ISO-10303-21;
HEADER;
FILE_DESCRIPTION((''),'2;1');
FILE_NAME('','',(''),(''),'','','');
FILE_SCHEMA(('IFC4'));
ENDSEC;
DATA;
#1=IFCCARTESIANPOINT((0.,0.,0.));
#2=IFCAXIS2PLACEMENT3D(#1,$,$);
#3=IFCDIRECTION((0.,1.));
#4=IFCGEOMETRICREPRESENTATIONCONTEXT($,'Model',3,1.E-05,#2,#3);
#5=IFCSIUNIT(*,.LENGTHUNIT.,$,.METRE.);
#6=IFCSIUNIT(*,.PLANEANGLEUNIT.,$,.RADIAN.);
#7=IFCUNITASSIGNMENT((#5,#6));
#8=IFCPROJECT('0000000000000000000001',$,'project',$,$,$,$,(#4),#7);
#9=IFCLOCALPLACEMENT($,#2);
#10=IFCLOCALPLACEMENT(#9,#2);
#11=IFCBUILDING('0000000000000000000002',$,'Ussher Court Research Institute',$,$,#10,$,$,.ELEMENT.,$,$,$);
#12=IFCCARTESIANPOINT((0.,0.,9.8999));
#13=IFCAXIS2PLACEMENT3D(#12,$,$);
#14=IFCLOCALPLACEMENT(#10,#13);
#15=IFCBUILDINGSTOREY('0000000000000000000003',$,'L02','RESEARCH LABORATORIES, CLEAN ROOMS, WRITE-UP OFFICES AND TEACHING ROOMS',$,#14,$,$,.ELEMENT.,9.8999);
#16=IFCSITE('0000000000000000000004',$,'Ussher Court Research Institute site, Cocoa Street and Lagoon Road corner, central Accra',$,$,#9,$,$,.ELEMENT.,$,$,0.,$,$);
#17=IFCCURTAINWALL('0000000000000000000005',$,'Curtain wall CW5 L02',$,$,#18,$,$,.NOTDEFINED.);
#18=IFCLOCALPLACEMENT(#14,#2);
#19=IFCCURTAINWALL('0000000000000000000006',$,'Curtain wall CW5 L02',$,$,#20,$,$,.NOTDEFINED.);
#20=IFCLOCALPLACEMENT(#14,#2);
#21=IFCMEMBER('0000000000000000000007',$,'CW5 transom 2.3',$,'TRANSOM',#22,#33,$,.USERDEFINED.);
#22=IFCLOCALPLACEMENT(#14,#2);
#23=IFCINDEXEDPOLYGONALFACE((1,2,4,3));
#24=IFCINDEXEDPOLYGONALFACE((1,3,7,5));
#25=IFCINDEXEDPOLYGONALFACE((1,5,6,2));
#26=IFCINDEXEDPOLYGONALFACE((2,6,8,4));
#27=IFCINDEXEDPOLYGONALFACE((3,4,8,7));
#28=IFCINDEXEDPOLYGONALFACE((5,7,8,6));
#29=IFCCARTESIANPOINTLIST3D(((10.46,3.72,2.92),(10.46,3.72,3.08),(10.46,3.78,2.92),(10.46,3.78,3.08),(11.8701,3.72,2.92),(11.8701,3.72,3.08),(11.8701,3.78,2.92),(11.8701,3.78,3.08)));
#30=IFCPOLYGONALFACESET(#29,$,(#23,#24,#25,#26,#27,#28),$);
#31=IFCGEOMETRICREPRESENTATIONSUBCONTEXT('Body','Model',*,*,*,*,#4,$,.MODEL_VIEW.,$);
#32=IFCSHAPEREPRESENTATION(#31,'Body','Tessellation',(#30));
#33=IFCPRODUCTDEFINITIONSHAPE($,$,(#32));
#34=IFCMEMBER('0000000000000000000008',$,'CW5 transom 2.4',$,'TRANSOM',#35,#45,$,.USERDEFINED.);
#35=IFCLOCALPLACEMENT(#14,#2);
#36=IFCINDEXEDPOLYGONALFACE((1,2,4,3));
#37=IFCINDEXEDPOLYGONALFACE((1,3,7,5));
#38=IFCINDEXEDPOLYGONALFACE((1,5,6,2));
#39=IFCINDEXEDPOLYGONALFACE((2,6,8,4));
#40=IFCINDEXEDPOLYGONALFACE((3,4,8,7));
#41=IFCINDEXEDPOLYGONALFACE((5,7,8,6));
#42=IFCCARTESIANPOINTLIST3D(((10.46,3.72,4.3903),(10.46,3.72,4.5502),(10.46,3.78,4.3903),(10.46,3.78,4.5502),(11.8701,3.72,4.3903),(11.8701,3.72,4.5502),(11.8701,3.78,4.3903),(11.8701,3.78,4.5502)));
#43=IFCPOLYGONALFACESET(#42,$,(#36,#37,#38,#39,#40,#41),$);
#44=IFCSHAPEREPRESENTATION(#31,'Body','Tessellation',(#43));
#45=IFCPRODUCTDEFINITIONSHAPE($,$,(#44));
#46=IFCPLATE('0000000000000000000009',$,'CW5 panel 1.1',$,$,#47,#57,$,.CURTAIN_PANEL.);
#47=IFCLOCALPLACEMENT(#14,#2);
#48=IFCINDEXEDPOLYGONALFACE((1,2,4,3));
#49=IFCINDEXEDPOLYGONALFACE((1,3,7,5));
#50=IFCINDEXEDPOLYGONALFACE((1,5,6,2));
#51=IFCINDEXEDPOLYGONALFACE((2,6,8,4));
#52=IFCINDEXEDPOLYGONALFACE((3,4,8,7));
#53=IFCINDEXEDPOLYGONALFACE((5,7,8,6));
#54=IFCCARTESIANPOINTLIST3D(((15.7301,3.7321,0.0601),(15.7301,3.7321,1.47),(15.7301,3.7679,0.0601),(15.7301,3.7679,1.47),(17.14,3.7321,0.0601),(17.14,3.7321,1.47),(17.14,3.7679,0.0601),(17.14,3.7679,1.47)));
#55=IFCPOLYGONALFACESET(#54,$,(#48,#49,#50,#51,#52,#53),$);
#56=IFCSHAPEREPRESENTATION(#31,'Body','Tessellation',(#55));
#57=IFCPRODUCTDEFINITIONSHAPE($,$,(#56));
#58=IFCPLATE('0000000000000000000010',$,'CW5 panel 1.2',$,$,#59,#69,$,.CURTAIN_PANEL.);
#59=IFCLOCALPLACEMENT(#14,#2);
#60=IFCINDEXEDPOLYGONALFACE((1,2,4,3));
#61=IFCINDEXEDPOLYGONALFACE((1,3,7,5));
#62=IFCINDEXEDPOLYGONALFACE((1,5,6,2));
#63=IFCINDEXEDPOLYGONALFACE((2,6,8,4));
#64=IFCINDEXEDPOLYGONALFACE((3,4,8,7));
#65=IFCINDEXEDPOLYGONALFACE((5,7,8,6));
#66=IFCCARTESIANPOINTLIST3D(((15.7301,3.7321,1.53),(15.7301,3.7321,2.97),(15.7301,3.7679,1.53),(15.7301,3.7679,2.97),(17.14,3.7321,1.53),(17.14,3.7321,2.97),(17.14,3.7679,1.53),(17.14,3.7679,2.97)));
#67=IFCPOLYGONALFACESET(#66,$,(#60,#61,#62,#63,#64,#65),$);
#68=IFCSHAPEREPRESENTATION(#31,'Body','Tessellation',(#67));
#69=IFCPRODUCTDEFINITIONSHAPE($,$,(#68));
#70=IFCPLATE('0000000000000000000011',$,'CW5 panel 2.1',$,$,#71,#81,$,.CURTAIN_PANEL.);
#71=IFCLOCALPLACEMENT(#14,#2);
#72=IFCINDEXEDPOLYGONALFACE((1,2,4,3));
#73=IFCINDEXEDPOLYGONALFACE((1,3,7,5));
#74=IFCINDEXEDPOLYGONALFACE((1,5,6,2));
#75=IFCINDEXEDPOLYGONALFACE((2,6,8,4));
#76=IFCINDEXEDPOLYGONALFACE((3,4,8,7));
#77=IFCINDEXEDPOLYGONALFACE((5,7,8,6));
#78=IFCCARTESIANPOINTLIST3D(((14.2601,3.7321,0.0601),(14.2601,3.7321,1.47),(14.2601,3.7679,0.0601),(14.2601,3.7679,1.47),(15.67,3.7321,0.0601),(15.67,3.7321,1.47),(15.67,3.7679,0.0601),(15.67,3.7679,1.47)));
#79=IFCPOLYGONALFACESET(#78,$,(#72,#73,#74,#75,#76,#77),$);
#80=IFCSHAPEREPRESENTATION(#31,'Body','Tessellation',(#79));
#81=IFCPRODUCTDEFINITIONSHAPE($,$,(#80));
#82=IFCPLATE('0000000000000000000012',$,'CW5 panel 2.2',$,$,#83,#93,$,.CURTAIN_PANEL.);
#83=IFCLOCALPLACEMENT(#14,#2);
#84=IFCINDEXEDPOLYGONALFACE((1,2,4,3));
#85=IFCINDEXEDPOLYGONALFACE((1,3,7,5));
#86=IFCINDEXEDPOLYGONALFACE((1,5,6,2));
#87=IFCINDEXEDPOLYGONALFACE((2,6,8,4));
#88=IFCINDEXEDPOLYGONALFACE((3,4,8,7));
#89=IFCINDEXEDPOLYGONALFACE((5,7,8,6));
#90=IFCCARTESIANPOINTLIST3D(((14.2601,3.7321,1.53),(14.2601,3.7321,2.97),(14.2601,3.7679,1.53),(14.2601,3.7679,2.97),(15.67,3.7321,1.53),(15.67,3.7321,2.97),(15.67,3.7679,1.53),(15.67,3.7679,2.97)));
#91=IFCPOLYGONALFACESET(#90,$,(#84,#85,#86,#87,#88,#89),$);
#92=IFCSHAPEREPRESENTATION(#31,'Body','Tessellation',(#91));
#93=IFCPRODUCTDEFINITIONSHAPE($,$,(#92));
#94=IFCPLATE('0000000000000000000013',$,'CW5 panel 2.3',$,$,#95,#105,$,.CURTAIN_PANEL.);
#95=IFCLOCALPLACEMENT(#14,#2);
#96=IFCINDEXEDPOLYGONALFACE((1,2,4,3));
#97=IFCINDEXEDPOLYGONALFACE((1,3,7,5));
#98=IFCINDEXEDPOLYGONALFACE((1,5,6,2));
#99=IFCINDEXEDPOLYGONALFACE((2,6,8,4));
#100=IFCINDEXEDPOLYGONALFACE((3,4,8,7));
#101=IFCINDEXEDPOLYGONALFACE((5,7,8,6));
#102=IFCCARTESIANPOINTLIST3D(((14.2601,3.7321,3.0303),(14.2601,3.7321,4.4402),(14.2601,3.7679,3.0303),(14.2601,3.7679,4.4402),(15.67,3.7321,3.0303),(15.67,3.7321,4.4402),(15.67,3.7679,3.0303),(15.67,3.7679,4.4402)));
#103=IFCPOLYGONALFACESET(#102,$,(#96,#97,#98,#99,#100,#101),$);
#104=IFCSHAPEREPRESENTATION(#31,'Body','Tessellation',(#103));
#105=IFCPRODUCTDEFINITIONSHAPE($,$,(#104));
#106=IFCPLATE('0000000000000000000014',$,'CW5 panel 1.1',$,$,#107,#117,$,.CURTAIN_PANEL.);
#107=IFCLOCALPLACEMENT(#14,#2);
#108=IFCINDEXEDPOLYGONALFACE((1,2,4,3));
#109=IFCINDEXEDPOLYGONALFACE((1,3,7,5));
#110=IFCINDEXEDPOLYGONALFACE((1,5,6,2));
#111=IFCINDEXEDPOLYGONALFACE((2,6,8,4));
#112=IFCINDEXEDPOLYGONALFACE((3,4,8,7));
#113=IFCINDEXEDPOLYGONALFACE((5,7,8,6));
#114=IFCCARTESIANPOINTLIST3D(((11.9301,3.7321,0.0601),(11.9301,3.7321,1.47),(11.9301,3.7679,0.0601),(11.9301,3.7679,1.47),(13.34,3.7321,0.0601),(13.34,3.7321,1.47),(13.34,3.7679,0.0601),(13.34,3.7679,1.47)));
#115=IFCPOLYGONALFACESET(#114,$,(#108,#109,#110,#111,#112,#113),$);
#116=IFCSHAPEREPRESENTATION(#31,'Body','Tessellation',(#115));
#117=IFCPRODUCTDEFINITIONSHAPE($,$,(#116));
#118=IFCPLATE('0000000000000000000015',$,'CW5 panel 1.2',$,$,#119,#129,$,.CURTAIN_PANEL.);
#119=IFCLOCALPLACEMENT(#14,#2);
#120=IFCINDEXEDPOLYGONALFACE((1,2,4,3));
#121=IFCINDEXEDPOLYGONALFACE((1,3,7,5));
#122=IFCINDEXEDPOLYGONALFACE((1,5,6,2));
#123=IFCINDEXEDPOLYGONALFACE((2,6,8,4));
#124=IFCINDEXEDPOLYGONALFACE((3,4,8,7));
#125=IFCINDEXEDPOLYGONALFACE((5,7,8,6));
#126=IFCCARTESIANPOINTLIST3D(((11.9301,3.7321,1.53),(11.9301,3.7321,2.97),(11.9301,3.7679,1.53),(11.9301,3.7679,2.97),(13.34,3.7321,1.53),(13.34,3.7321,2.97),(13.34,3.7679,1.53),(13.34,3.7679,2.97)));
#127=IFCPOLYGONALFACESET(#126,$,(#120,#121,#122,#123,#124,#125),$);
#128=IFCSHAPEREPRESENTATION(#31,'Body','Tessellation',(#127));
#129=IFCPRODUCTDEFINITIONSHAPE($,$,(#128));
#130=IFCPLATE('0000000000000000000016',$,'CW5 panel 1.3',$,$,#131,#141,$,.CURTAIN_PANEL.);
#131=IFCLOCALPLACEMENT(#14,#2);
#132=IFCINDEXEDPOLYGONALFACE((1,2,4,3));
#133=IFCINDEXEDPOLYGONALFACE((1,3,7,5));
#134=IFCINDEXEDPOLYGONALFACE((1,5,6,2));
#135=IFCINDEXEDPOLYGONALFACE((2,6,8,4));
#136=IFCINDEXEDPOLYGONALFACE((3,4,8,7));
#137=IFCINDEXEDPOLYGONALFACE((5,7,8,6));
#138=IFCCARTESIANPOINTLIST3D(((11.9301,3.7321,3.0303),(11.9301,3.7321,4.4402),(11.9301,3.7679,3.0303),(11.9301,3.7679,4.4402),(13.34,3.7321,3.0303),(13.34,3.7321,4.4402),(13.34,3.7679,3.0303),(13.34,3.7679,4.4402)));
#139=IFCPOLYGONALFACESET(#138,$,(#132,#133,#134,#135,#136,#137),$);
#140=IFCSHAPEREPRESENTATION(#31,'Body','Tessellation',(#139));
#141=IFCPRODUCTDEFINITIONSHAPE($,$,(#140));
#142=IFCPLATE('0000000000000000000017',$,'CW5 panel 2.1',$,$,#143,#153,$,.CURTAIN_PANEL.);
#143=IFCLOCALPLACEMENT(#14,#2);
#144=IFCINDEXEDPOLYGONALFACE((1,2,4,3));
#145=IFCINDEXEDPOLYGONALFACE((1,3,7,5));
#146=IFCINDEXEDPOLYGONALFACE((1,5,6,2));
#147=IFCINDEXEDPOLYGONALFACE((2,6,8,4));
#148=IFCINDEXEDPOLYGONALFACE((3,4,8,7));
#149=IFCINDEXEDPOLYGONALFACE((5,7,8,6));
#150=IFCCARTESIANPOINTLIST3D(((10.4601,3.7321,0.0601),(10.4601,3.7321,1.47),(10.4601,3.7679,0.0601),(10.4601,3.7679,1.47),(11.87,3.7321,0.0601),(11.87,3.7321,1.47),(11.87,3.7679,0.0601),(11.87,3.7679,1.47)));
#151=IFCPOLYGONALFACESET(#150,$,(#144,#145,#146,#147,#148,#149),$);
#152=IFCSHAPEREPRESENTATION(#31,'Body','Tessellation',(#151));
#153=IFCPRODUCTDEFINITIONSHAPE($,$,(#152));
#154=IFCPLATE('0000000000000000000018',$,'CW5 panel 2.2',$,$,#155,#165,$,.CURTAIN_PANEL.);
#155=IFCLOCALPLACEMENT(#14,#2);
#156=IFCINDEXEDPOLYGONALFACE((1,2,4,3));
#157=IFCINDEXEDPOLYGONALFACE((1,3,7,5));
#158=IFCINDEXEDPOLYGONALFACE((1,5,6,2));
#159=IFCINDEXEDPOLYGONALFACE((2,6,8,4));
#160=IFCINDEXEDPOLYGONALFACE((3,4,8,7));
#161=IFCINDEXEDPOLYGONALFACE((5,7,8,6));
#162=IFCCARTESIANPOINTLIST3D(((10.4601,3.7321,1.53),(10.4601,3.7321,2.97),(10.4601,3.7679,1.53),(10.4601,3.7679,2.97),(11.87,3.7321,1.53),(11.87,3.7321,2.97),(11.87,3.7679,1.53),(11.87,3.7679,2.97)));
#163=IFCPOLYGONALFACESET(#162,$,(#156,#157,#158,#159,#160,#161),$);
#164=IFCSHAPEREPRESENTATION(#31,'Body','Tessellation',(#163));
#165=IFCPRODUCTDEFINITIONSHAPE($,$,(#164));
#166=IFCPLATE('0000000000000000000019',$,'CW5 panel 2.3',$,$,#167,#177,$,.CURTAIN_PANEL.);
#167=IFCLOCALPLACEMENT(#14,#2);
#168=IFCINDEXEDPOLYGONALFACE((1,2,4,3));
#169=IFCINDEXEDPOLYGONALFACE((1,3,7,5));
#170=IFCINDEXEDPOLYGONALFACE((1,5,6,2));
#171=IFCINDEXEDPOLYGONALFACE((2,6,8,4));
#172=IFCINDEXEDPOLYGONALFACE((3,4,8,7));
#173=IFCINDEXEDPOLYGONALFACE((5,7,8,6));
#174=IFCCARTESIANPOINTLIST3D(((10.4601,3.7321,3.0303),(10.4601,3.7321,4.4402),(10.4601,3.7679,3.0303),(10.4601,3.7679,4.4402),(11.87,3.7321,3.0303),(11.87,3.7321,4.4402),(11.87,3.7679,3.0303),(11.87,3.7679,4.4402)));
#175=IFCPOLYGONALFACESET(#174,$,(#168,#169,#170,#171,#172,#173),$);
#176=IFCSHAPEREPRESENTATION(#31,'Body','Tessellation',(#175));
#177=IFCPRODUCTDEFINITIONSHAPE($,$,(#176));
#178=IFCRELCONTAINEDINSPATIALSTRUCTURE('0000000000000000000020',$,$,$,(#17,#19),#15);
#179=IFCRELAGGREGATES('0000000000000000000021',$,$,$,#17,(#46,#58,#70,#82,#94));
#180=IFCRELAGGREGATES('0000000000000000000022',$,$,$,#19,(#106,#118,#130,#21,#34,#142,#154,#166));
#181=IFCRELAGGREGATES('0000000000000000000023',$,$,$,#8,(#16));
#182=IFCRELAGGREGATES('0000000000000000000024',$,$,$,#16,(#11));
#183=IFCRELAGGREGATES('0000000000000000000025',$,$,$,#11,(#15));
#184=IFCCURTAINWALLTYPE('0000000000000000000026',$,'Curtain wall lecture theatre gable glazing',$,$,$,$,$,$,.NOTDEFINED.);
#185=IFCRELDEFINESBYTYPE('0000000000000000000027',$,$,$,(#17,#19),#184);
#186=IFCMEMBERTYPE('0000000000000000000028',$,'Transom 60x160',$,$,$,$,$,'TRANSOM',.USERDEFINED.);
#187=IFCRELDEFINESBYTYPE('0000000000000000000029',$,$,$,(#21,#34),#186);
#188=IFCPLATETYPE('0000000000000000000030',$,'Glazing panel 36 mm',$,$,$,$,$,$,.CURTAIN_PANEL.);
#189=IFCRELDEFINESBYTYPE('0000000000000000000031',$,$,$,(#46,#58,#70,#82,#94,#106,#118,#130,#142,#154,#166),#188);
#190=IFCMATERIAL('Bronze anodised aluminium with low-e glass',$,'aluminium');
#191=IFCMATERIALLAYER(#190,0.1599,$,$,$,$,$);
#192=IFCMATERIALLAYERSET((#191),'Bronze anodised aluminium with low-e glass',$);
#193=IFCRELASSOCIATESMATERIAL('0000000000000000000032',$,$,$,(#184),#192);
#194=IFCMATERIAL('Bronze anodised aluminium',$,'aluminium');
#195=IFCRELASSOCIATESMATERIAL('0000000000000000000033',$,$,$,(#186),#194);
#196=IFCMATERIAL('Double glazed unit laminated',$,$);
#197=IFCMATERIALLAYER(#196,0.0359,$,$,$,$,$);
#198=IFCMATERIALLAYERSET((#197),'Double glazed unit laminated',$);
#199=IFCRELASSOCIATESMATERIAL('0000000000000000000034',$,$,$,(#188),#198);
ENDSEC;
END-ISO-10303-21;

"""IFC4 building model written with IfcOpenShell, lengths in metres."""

from ifc_helpers import new_model, si_unit, direction, frame, origin, origin_2d, place, context, subcontext, project, spatial, rectangle, extrude, material, layer, layer_set, material_profile, profile_set, type_object, element, aggregate, save


model = new_model("IFC4")

# Units and contexts
model_context = context("Model", 3, precision=1e-05, world=origin(), true_north=direction((0.0, 1.0)))
body_context = subcontext(model_context, "Body", "Model", "MODEL_VIEW")
ifc_project = project(units=[si_unit("LENGTHUNIT", "METRE"), si_unit("PLANEANGLEUNIT", "RADIAN")], contexts=[model_context])

# Site, building, storey
site_placement = place(None, origin())
site = spatial("IfcSite", under=ifc_project, at=site_placement, Name="Ussher Court Research Institute site, Cocoa Street and Lagoon Road corner, central Accra", CompositionType="ELEMENT", RefElevation=0.0)
building_placement = place(site_placement, origin())
building = spatial("IfcBuilding", under=site, at=building_placement, Name="Ussher Court Research Institute", CompositionType="ELEMENT")
storey_placement = place(building_placement, frame((0.0, 0.0, 9.8999)))
storey = spatial("IfcBuildingStorey", under=building, at=storey_placement, Name="L02", Description="RESEARCH LABORATORIES, CLEAN ROOMS, WRITE-UP OFFICES AND TEACHING ROOMS", CompositionType="ELEMENT", Elevation=9.8999)

# Curtain walls
ifc_material_1 = material(Name="Bronze anodised aluminium with low-e glass", Category="aluminium")
ifc_layer_1 = layer(ifc_material_1, 0.1599)
ifc_layer_set_1 = layer_set([ifc_layer_1], Name="Bronze anodised aluminium with low-e glass")
curtain_wall_type = type_object("IfcCurtainWallType", Name="Curtain wall lecture theatre gable glazing", PredefinedType="NOTDEFINED", material=ifc_layer_set_1)
curtain_wall_1_placement = place(storey_placement, origin())
curtain_wall_1 = element("IfcCurtainWall", 1, at=curtain_wall_1_placement, inside=storey, type_object=curtain_wall_type, Name="Curtain wall CW5 L02", PredefinedType="NOTDEFINED")
curtain_wall_2_placement = place(storey_placement, origin())
curtain_wall_2 = element("IfcCurtainWall", 2, at=curtain_wall_2_placement, inside=storey, type_object=curtain_wall_type, Name="Curtain wall CW5 L02", PredefinedType="NOTDEFINED")

# Members
ifc_material_2 = material(Name="Bronze anodised aluminium", Category="aluminium")
ifc_material_profile_1 = material_profile(ifc_material_2, rectangle(XDim=0.0601, YDim=0.1599, at=origin_2d()), Name="Transom 60x160")
ifc_profile_set_1 = profile_set([ifc_material_profile_1], Name="Bronze anodised aluminium")
member_type_1 = type_object("IfcMemberType", Name="Transom 60x160", ElementType="TRANSOM", PredefinedType="USERDEFINED", material=ifc_profile_set_1)
member_1_placement = place(storey_placement, frame((11.8701, 3.75, 3.0), z_axis=(-1.0, 0.0, 0.0), x_axis=(0.0, -1.0, 0.0)))
member_1 = element("IfcMember", 3, at=member_1_placement, type_object=member_type_1, Name="CW5 transom 2.3", ObjectType="TRANSOM", PredefinedType="USERDEFINED", context=body_context, shape_type="SweptSolid", body=[
    extrude(rectangle(XDim=0.0601, YDim=0.1599, at=origin_2d()), origin(), (0.0, 0.0, 1.0), 1.4102),
])
member_2_placement = place(storey_placement, frame((11.8701, 3.75, 4.4702), z_axis=(-1.0, 0.0, 0.0), x_axis=(0.0, -1.0, 0.0)))
member_2 = element("IfcMember", 4, at=member_2_placement, type_object=member_type_1, Name="CW5 transom 2.4", ObjectType="TRANSOM", PredefinedType="USERDEFINED", context=body_context, shape_type="SweptSolid", body=[
    extrude(rectangle(XDim=0.0601, YDim=0.1599, at=origin_2d()), origin(), (0.0, 0.0, 1.0), 1.4102),
])

# Plates
ifc_material_3 = material(Name="Double glazed unit laminated")
ifc_layer_2 = layer(ifc_material_3, 0.0359)
ifc_layer_set_2 = layer_set([ifc_layer_2], Name="Double glazed unit laminated")
plate_type = type_object("IfcPlateType", Name="Glazing panel 36 mm", PredefinedType="CURTAIN_PANEL", material=ifc_layer_set_2)
plate_1_placement = place(storey_placement, frame((16.4351, 3.75, 0.0601), z_axis=(0.0, 0.0, 1.0), x_axis=(-1.0, 0.0, 0.0)))
plate_1 = element("IfcPlate", 5, at=plate_1_placement, type_object=plate_type, Name="CW5 panel 1.1", PredefinedType="CURTAIN_PANEL", context=body_context, shape_type="SweptSolid", body=[
    extrude(rectangle(XDim=1.4099, YDim=0.0359, at=origin_2d()), origin(), (0.0, 0.0, 1.0), 1.4099),
])
plate_2_placement = place(storey_placement, frame((16.4351, 3.75, 1.53), z_axis=(0.0, 0.0, 1.0), x_axis=(-1.0, 0.0, 0.0)))
plate_2 = element("IfcPlate", 6, at=plate_2_placement, type_object=plate_type, Name="CW5 panel 1.2", PredefinedType="CURTAIN_PANEL", context=body_context, shape_type="SweptSolid", body=[
    extrude(rectangle(XDim=1.4099, YDim=0.0359, at=origin_2d()), origin(), (0.0, 0.0, 1.0), 1.4399),
])
plate_3_placement = place(storey_placement, frame((14.9651, 3.75, 0.0601), z_axis=(0.0, 0.0, 1.0), x_axis=(-1.0, 0.0, 0.0)))
plate_3 = element("IfcPlate", 7, at=plate_3_placement, type_object=plate_type, Name="CW5 panel 2.1", PredefinedType="CURTAIN_PANEL", context=body_context, shape_type="SweptSolid", body=[
    extrude(rectangle(XDim=1.4099, YDim=0.0359, at=origin_2d()), origin(), (0.0, 0.0, 1.0), 1.4099),
])
plate_4_placement = place(storey_placement, frame((14.9651, 3.75, 1.53), z_axis=(0.0, 0.0, 1.0), x_axis=(-1.0, 0.0, 0.0)))
plate_4 = element("IfcPlate", 8, at=plate_4_placement, type_object=plate_type, Name="CW5 panel 2.2", PredefinedType="CURTAIN_PANEL", context=body_context, shape_type="SweptSolid", body=[
    extrude(rectangle(XDim=1.4099, YDim=0.0359, at=origin_2d()), origin(), (0.0, 0.0, 1.0), 1.4399),
])
plate_5_placement = place(storey_placement, frame((14.9651, 3.75, 3.0303), z_axis=(0.0, 0.0, 1.0), x_axis=(-1.0, 0.0, 0.0)))
plate_5 = element("IfcPlate", 9, at=plate_5_placement, type_object=plate_type, Name="CW5 panel 2.3", PredefinedType="CURTAIN_PANEL", context=body_context, shape_type="SweptSolid", body=[
    extrude(rectangle(XDim=1.4099, YDim=0.0359, at=origin_2d()), origin(), (0.0, 0.0, 1.0), 1.4099),
])
aggregate(curtain_wall_1, [plate_1, plate_2, plate_3, plate_4, plate_5])
plate_6_placement = place(storey_placement, frame((12.635, 3.75, 0.0601), z_axis=(0.0, 0.0, 1.0), x_axis=(-1.0, 0.0, 0.0)))
plate_6 = element("IfcPlate", 10, at=plate_6_placement, type_object=plate_type, Name="CW5 panel 1.1", PredefinedType="CURTAIN_PANEL", context=body_context, shape_type="SweptSolid", body=[
    extrude(rectangle(XDim=1.4099, YDim=0.0359, at=origin_2d()), origin(), (0.0, 0.0, 1.0), 1.4099),
])
plate_7_placement = place(storey_placement, frame((12.635, 3.75, 1.53), z_axis=(0.0, 0.0, 1.0), x_axis=(-1.0, 0.0, 0.0)))
plate_7 = element("IfcPlate", 11, at=plate_7_placement, type_object=plate_type, Name="CW5 panel 1.2", PredefinedType="CURTAIN_PANEL", context=body_context, shape_type="SweptSolid", body=[
    extrude(rectangle(XDim=1.4099, YDim=0.0359, at=origin_2d()), origin(), (0.0, 0.0, 1.0), 1.4399),
])
plate_8_placement = place(storey_placement, frame((12.635, 3.75, 3.0303), z_axis=(0.0, 0.0, 1.0), x_axis=(-1.0, 0.0, 0.0)))
plate_8 = element("IfcPlate", 12, at=plate_8_placement, type_object=plate_type, Name="CW5 panel 1.3", PredefinedType="CURTAIN_PANEL", context=body_context, shape_type="SweptSolid", body=[
    extrude(rectangle(XDim=1.4099, YDim=0.0359, at=origin_2d()), origin(), (0.0, 0.0, 1.0), 1.4099),
])
plate_9_placement = place(storey_placement, frame((11.165, 3.75, 0.0601), z_axis=(0.0, 0.0, 1.0), x_axis=(-1.0, 0.0, 0.0)))
plate_9 = element("IfcPlate", 13, at=plate_9_placement, type_object=plate_type, Name="CW5 panel 2.1", PredefinedType="CURTAIN_PANEL", context=body_context, shape_type="SweptSolid", body=[
    extrude(rectangle(XDim=1.4099, YDim=0.0359, at=origin_2d()), origin(), (0.0, 0.0, 1.0), 1.4099),
])
plate_10_placement = place(storey_placement, frame((11.165, 3.75, 1.53), z_axis=(0.0, 0.0, 1.0), x_axis=(-1.0, 0.0, 0.0)))
plate_10 = element("IfcPlate", 14, at=plate_10_placement, type_object=plate_type, Name="CW5 panel 2.2", PredefinedType="CURTAIN_PANEL", context=body_context, shape_type="SweptSolid", body=[
    extrude(rectangle(XDim=1.4099, YDim=0.0359, at=origin_2d()), origin(), (0.0, 0.0, 1.0), 1.4399),
])
plate_11_placement = place(storey_placement, frame((11.165, 3.75, 3.0303), z_axis=(0.0, 0.0, 1.0), x_axis=(-1.0, 0.0, 0.0)))
plate_11 = element("IfcPlate", 15, at=plate_11_placement, type_object=plate_type, Name="CW5 panel 2.3", PredefinedType="CURTAIN_PANEL", context=body_context, shape_type="SweptSolid", body=[
    extrude(rectangle(XDim=1.4099, YDim=0.0359, at=origin_2d()), origin(), (0.0, 0.0, 1.0), 1.4099),
])
aggregate(curtain_wall_2, [plate_6, plate_7, plate_8, member_1, member_2, plate_9, plate_10, plate_11])

save(model, "model.ifc")
